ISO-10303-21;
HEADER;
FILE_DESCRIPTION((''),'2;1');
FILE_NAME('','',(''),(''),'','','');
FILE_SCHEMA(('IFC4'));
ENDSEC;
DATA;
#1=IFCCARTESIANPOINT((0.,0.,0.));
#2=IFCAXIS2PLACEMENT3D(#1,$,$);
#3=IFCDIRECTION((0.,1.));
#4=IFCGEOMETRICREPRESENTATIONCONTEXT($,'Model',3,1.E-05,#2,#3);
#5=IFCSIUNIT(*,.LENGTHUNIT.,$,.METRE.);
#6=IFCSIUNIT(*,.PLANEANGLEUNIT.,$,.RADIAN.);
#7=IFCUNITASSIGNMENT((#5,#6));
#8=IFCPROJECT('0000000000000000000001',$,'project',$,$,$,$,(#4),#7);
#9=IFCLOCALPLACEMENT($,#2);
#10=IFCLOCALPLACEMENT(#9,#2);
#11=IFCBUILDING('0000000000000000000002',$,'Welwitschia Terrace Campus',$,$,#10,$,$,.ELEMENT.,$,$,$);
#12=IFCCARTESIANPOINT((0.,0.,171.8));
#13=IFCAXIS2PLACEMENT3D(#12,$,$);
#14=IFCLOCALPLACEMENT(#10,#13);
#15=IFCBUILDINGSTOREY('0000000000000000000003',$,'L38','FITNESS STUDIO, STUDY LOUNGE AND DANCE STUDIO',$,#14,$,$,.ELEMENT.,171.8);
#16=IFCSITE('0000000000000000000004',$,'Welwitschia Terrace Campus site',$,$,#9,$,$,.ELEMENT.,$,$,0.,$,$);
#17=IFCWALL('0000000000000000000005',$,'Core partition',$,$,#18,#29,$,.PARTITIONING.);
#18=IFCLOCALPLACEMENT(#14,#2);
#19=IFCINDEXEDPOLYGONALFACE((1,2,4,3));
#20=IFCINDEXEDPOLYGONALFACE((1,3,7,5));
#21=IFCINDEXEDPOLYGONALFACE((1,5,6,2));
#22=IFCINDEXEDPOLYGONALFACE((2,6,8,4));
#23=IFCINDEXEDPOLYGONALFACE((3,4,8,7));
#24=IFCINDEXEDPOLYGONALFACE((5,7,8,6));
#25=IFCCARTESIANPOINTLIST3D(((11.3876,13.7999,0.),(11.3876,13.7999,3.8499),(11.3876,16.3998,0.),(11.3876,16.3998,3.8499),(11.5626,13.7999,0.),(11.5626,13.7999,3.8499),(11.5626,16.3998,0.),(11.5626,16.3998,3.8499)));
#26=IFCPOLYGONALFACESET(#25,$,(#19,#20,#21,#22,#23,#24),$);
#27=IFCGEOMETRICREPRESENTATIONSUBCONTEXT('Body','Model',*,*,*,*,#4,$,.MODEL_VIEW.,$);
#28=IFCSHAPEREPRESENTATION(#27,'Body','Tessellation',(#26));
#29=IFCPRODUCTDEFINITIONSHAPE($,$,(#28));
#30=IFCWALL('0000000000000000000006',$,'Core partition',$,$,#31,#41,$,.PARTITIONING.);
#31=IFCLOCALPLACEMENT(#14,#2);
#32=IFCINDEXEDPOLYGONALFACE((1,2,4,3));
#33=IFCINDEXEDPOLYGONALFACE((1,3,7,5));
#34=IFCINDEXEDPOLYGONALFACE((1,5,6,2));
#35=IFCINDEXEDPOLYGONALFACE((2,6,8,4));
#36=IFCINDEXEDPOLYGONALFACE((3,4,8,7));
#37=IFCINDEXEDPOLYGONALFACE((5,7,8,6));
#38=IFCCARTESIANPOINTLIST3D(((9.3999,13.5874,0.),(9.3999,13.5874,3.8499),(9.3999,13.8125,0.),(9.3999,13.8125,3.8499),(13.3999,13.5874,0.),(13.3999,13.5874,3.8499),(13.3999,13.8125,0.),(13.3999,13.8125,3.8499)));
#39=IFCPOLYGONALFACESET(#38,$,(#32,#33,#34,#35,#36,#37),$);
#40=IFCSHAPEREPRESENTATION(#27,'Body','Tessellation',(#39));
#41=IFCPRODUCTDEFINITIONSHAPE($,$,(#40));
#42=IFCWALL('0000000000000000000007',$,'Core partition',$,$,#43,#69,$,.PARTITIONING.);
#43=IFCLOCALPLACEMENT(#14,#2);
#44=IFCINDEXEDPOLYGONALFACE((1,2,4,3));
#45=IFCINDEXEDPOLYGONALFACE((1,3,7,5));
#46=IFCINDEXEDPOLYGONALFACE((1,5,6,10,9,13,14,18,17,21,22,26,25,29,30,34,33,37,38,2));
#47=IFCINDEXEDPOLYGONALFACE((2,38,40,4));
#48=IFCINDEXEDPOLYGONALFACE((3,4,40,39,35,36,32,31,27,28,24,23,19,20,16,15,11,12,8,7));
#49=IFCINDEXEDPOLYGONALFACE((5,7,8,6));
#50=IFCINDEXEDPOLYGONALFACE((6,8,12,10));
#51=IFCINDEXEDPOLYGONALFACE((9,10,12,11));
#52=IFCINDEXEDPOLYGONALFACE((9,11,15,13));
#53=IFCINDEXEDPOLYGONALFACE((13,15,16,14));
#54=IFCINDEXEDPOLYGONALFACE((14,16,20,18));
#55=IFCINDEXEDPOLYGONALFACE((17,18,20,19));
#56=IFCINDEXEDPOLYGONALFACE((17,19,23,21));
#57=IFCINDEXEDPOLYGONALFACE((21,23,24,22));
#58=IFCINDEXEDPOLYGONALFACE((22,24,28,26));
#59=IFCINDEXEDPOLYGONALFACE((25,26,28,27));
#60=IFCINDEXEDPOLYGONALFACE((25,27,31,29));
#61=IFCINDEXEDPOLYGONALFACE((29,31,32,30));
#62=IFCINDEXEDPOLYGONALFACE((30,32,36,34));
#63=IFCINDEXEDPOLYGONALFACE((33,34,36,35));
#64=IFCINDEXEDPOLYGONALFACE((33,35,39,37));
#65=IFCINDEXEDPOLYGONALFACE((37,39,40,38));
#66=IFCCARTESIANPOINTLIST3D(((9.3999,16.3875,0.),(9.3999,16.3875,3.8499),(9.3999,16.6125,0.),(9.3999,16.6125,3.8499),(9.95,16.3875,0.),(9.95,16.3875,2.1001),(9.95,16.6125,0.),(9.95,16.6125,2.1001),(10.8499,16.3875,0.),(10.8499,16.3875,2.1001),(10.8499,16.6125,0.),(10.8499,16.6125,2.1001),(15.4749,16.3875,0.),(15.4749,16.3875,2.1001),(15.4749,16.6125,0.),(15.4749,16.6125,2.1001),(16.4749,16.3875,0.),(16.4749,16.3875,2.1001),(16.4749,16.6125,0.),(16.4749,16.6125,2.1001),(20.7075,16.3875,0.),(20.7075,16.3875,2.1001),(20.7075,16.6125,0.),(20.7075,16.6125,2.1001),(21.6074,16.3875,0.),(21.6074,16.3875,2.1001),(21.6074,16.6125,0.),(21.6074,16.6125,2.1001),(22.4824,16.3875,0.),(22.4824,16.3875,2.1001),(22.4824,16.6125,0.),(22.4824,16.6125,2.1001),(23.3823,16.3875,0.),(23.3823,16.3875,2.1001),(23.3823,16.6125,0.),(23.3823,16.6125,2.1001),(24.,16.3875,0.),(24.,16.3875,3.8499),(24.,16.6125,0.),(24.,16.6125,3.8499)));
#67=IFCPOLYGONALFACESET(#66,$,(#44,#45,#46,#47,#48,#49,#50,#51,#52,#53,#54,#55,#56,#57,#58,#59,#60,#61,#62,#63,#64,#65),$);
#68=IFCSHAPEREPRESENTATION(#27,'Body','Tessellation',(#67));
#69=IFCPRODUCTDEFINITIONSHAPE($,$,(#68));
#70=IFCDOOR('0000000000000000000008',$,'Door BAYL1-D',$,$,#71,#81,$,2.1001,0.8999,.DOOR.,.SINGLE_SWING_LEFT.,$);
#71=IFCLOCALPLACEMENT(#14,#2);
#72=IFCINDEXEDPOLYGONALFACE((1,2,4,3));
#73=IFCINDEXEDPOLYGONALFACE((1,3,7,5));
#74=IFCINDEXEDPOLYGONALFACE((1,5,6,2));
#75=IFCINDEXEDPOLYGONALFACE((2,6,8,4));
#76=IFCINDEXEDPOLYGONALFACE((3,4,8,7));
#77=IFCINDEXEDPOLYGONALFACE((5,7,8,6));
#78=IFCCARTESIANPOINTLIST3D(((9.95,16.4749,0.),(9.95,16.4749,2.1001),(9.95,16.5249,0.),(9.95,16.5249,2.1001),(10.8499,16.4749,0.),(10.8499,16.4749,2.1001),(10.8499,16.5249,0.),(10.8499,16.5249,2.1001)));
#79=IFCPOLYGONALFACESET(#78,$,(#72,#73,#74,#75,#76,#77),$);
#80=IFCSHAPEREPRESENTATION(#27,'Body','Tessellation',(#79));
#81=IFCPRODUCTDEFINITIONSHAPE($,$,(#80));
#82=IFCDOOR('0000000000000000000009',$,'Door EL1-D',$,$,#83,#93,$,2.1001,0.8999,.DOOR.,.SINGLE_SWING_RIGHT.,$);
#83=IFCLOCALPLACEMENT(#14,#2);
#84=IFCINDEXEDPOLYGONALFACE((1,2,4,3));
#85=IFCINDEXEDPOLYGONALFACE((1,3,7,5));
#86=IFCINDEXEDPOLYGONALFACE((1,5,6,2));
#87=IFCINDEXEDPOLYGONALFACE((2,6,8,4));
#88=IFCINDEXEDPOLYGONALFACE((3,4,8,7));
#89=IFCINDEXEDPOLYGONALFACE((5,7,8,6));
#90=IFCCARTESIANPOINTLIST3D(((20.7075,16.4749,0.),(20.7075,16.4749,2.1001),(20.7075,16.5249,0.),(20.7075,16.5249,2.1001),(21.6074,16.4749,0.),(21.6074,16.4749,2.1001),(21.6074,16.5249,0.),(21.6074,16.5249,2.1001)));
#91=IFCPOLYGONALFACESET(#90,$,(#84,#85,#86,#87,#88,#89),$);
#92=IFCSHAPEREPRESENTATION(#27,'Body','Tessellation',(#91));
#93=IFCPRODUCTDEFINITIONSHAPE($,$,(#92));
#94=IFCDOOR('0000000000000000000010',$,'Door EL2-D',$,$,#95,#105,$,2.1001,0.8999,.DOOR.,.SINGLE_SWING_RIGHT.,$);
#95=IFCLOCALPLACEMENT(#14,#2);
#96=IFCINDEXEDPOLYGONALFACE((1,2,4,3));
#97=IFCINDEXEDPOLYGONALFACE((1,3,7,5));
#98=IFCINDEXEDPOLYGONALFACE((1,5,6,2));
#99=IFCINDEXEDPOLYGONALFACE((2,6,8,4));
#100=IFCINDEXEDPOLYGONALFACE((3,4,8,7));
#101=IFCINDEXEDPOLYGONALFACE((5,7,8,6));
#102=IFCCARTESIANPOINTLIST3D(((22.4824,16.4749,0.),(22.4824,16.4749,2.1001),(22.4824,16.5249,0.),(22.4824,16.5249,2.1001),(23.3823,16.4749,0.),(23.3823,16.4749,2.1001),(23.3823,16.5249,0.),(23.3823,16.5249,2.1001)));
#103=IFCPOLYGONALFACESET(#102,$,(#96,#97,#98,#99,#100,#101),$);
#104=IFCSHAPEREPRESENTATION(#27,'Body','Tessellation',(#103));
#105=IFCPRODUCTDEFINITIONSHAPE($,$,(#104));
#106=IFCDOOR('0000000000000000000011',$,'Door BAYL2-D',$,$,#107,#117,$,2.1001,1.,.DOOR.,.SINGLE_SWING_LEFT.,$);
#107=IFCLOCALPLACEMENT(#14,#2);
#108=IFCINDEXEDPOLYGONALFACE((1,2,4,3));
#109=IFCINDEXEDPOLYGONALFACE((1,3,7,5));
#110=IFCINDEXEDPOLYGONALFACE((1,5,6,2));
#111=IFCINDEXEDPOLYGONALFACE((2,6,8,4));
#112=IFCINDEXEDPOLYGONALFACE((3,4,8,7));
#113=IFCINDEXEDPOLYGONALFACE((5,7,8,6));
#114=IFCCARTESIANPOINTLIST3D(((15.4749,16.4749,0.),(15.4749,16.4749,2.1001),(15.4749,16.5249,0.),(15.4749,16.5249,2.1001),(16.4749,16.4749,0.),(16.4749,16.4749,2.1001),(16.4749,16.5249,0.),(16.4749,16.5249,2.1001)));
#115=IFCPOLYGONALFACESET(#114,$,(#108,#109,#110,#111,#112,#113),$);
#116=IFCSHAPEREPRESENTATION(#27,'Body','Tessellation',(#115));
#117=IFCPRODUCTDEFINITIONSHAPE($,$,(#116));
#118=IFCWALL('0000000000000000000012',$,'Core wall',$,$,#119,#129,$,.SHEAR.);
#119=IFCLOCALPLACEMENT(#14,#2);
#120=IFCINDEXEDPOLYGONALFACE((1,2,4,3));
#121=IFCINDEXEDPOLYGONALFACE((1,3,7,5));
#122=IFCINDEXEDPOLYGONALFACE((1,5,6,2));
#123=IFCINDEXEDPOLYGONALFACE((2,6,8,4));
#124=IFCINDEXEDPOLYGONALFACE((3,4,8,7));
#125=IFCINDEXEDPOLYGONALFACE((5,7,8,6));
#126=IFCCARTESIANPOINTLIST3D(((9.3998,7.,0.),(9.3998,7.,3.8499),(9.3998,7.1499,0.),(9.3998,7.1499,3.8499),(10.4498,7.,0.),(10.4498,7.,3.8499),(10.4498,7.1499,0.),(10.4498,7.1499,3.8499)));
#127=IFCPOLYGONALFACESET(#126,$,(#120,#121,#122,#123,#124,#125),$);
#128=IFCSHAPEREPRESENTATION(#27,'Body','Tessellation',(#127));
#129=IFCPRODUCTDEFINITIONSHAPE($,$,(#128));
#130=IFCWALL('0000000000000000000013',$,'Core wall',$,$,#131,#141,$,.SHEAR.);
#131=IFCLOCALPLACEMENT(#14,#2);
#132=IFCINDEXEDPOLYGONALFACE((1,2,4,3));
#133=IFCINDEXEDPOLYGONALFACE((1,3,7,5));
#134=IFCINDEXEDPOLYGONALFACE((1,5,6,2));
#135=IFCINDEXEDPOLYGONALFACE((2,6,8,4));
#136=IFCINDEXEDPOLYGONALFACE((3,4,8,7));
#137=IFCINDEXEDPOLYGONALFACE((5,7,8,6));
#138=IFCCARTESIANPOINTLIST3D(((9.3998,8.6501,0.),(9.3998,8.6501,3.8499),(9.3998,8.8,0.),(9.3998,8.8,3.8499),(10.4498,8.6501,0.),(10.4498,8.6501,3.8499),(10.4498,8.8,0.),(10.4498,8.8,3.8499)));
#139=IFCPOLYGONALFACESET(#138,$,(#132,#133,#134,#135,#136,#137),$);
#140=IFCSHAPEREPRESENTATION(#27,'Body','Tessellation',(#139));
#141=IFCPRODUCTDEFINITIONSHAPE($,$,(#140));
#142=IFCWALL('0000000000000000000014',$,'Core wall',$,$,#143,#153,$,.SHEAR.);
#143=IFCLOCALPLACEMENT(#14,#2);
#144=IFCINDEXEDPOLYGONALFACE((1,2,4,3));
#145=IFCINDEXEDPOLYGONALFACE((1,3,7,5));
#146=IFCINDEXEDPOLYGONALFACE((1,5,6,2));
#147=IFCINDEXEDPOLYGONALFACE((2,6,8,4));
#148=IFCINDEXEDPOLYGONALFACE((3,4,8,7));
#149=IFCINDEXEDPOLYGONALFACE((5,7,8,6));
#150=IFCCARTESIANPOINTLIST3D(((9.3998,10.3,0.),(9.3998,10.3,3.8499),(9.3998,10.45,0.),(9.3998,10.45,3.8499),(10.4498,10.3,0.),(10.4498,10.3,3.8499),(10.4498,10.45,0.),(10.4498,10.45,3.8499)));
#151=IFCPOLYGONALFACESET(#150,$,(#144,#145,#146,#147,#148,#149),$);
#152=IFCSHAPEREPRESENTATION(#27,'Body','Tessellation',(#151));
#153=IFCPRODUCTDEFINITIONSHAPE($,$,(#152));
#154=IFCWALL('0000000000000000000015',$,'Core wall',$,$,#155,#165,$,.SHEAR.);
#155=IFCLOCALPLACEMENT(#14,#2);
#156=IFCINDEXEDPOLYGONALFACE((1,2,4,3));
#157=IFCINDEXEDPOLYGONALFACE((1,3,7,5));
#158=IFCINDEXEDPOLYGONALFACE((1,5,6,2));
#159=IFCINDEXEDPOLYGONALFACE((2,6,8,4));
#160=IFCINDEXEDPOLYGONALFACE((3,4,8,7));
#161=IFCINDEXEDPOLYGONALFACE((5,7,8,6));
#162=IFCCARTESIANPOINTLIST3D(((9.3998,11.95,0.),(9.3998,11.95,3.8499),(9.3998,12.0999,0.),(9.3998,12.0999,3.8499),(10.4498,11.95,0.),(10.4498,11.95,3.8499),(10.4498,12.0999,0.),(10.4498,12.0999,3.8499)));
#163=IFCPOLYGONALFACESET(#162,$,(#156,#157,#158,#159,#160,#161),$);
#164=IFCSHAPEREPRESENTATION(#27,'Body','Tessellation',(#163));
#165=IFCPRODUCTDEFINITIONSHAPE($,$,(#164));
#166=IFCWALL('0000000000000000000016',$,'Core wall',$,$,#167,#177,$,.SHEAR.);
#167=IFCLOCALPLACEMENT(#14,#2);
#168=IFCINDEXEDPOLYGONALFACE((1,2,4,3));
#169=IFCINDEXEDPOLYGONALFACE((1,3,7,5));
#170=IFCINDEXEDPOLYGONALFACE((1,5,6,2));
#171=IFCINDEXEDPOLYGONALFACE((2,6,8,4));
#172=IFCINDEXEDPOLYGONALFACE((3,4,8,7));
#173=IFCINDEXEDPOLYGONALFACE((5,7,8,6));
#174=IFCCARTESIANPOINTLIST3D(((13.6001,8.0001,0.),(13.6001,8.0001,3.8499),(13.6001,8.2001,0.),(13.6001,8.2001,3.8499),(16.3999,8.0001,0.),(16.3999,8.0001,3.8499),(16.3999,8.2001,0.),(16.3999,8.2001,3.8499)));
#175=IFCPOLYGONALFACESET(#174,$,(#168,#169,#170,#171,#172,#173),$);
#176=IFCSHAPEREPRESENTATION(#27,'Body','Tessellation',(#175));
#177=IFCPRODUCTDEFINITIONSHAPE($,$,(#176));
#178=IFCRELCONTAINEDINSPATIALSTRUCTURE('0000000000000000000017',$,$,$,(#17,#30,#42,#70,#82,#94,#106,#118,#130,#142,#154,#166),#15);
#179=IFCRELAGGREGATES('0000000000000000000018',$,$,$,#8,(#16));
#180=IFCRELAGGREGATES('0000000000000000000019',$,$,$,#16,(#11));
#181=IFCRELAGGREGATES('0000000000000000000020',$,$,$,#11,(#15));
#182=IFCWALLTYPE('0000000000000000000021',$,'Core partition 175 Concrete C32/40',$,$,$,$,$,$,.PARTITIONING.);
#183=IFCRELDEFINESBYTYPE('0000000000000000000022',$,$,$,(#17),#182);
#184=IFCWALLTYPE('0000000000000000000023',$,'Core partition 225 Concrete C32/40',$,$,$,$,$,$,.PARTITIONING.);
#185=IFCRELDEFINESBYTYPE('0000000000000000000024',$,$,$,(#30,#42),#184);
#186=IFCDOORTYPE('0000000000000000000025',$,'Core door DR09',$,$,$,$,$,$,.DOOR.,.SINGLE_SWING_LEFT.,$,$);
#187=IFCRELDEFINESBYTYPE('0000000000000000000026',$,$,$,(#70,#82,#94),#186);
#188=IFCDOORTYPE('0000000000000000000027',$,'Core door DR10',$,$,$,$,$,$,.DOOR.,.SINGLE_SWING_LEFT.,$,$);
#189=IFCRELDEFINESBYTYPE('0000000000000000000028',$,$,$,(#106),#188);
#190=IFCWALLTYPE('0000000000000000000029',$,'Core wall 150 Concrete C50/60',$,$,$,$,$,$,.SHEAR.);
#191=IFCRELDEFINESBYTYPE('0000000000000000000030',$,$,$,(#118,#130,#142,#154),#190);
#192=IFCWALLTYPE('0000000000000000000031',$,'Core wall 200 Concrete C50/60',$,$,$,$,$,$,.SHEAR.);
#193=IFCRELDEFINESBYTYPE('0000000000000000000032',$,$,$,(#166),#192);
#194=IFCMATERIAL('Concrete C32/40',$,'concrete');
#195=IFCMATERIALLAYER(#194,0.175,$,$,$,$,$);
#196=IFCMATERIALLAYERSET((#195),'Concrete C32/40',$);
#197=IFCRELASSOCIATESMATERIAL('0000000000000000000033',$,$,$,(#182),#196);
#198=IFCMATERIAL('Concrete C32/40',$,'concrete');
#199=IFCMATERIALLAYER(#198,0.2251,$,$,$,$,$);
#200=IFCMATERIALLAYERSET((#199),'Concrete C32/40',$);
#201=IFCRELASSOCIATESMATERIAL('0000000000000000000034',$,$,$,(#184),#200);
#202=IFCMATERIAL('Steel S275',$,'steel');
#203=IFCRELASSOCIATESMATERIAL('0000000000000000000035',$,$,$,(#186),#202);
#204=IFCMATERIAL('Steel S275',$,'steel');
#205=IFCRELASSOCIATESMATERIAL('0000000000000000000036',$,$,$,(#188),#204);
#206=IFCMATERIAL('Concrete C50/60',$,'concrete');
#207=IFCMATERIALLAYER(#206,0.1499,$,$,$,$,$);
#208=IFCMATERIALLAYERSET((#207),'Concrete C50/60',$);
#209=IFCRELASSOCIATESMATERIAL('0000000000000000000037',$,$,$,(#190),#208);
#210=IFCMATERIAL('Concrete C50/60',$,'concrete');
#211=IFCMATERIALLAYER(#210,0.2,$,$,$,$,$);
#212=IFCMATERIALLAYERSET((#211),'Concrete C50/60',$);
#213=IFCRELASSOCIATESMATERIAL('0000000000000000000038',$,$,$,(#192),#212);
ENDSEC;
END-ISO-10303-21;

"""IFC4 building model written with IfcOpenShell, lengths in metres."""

from ifc_helpers import new_model, si_unit, direction, frame, frame_2d, origin, place, context, subcontext, project, spatial, rectangle, extrude, material, layer, layer_set, type_object, element, fill, save


model = new_model("IFC4")

# Units and contexts
model_context = context("Model", 3, precision=1e-05, world=origin(), true_north=direction((0.0, 1.0)))
body_context = subcontext(model_context, "Body", "Model", "MODEL_VIEW")
ifc_project = project(units=[si_unit("LENGTHUNIT", "METRE"), si_unit("PLANEANGLEUNIT", "RADIAN")], contexts=[model_context])

# Site, building, storey
site_placement = place(None, origin())
site = spatial("IfcSite", under=ifc_project, at=site_placement, Name="Welwitschia Terrace Campus site", CompositionType="ELEMENT", RefElevation=0.0)
building_placement = place(site_placement, origin())
building = spatial("IfcBuilding", under=site, at=building_placement, Name="Welwitschia Terrace Campus", CompositionType="ELEMENT")
storey_placement = place(building_placement, frame((0.0, 0.0, 171.8)))
storey = spatial("IfcBuildingStorey", under=building, at=storey_placement, Name="L38", Description="FITNESS STUDIO, STUDY LOUNGE AND DANCE STUDIO", CompositionType="ELEMENT", Elevation=171.8)

# Walls
ifc_material_1 = material(Name="Concrete C32/40", Category="concrete")
ifc_layer_1 = layer(ifc_material_1, 0.175)
ifc_layer_set_1 = layer_set([ifc_layer_1], Name="Concrete C32/40")
wall_type_1 = type_object("IfcWallType", Name="Core partition 175 Concrete C32/40", PredefinedType="PARTITIONING", material=ifc_layer_set_1)
wall_1_placement = place(storey_placement, frame((11.4751, 13.8, 0.0), z_axis=(0.0, 0.0, 1.0), x_axis=(0.0, 1.0, 0.0)))
element("IfcWall", 1, at=wall_1_placement, inside=storey, type_object=wall_type_1, Name="Core partition", PredefinedType="PARTITIONING", context=body_context, shape_type="SweptSolid", body=[
    extrude(rectangle(XDim=2.5999, YDim=0.175, at=frame_2d((1.2998, 0.0))), origin(), (0.0, 0.0, 1.0), 3.8499),
])
ifc_material_2 = material(Name="Concrete C32/40", Category="concrete")
ifc_layer_2 = layer(ifc_material_2, 0.2251)
ifc_layer_set_2 = layer_set([ifc_layer_2], Name="Concrete C32/40")
wall_type_2 = type_object("IfcWallType", Name="Core partition 225 Concrete C32/40", PredefinedType="PARTITIONING", material=ifc_layer_set_2)
wall_2_placement = place(storey_placement, frame((9.3999, 13.7, 0.0), z_axis=(0.0, 0.0, 1.0), x_axis=(1.0, 0.0, 0.0)))
element("IfcWall", 2, at=wall_2_placement, inside=storey, type_object=wall_type_2, Name="Core partition", PredefinedType="PARTITIONING", context=body_context, shape_type="SweptSolid", body=[
    extrude(rectangle(XDim=4.0, YDim=0.2251, at=frame_2d((2.0, 0.0))), origin(), (0.0, 0.0, 1.0), 3.8499),
])

# Wall, openings, doors
wall_3_placement = place(storey_placement, frame((9.3999, 16.5, 0.0), z_axis=(0.0, 0.0, 1.0), x_axis=(1.0, 0.0, 0.0)))
wall_3 = element("IfcWall", 3, at=wall_3_placement, inside=storey, type_object=wall_type_2, Name="Core partition", PredefinedType="PARTITIONING", context=body_context, shape_type="SweptSolid", body=[
    extrude(rectangle(XDim=14.6001, YDim=0.2251, at=frame_2d((7.3, 0.0))), origin(), (0.0, 0.0, 1.0), 3.8499),
])
opening_1_placement = place(wall_3_placement, frame((0.55, 0.0, 0.0)))
opening_1 = element("IfcOpeningElement", 4, at=opening_1_placement, cuts=wall_3, PredefinedType="OPENING", context=body_context, shape_type="SweptSolid", body=[
    extrude(rectangle(XDim=0.8999, YDim=2.1001, at=frame_2d((0.45, 1.05))), frame((0.0, 0.1226, 0.0), z_axis=(0.0, -1.0, 0.0), x_axis=(1.0, 0.0, 0.0)), (0.0, 0.0, 1.0), 0.2451),
])
opening_2_placement = place(wall_3_placement, frame((6.075, 0.0, 0.0)))
opening_2 = element("IfcOpeningElement", 5, at=opening_2_placement, cuts=wall_3, PredefinedType="OPENING", context=body_context, shape_type="SweptSolid", body=[
    extrude(rectangle(XDim=1.0, YDim=2.1001, at=frame_2d((0.5, 1.05))), frame((0.0, 0.1226, 0.0), z_axis=(0.0, -1.0, 0.0), x_axis=(1.0, 0.0, 0.0)), (0.0, 0.0, 1.0), 0.2451),
])
opening_3_placement = place(wall_3_placement, frame((11.3076, 0.0, 0.0)))
opening_3 = element("IfcOpeningElement", 6, at=opening_3_placement, cuts=wall_3, PredefinedType="OPENING", context=body_context, shape_type="SweptSolid", body=[
    extrude(rectangle(XDim=0.8999, YDim=2.1001, at=frame_2d((0.45, 1.05))), frame((0.0, 0.1226, 0.0), z_axis=(0.0, -1.0, 0.0), x_axis=(1.0, 0.0, 0.0)), (0.0, 0.0, 1.0), 0.2451),
])
opening_4_placement = place(wall_3_placement, frame((13.0825, 0.0, 0.0)))
opening_4 = element("IfcOpeningElement", 7, at=opening_4_placement, cuts=wall_3, PredefinedType="OPENING", context=body_context, shape_type="SweptSolid", body=[
    extrude(rectangle(XDim=0.8999, YDim=2.1001, at=frame_2d((0.45, 1.05))), frame((0.0, 0.1226, 0.0), z_axis=(0.0, -1.0, 0.0), x_axis=(1.0, 0.0, 0.0)), (0.0, 0.0, 1.0), 0.2451),
])
ifc_material_3 = material(Name="Steel S275", Category="steel")
door_type_1 = type_object("IfcDoorType", Name="Core door DR09", OperationType="SINGLE_SWING_LEFT", PredefinedType="DOOR", material=ifc_material_3)
door_1_placement = place(opening_1_placement, origin())
door_1 = element("IfcDoor", 8, at=door_1_placement, inside=storey, type_object=door_type_1, Name="Door BAYL1-D", OperationType="SINGLE_SWING_LEFT", OverallHeight=2.1001, OverallWidth=0.8999, PredefinedType="DOOR", context=body_context, shape_type="SweptSolid", body=[
    extrude(rectangle(XDim=0.8999, YDim=2.1001, at=frame_2d((0.45, 1.05))), frame((0.0, 0.0249, 0.0), z_axis=(0.0, -1.0, 0.0), x_axis=(1.0, 0.0, 0.0)), (0.0, 0.0, 1.0), 0.05),
])
fill(opening_1, door_1)
door_2_placement = place(opening_3_placement, origin())
door_2 = element("IfcDoor", 9, at=door_2_placement, inside=storey, type_object=door_type_1, Name="Door EL1-D", OperationType="SINGLE_SWING_RIGHT", OverallHeight=2.1001, OverallWidth=0.8999, PredefinedType="DOOR", context=body_context, shape_type="SweptSolid", body=[
    extrude(rectangle(XDim=0.8999, YDim=2.1001, at=frame_2d((0.45, 1.05))), frame((0.0, 0.0249, 0.0), z_axis=(0.0, -1.0, 0.0), x_axis=(1.0, 0.0, 0.0)), (0.0, 0.0, 1.0), 0.05),
])
fill(opening_3, door_2)
door_3_placement = place(opening_4_placement, origin())
door_3 = element("IfcDoor", 10, at=door_3_placement, inside=storey, type_object=door_type_1, Name="Door EL2-D", OperationType="SINGLE_SWING_RIGHT", OverallHeight=2.1001, OverallWidth=0.8999, PredefinedType="DOOR", context=body_context, shape_type="SweptSolid", body=[
    extrude(rectangle(XDim=0.8999, YDim=2.1001, at=frame_2d((0.45, 1.05))), frame((0.0, 0.0249, 0.0), z_axis=(0.0, -1.0, 0.0), x_axis=(1.0, 0.0, 0.0)), (0.0, 0.0, 1.0), 0.05),
])
fill(opening_4, door_3)
ifc_material_4 = material(Name="Steel S275", Category="steel")
door_type_2 = type_object("IfcDoorType", Name="Core door DR10", OperationType="SINGLE_SWING_LEFT", PredefinedType="DOOR", material=ifc_material_4)
door_4_placement = place(opening_2_placement, origin())
door_4 = element("IfcDoor", 11, at=door_4_placement, inside=storey, type_object=door_type_2, Name="Door BAYL2-D", OperationType="SINGLE_SWING_LEFT", OverallHeight=2.1001, OverallWidth=1.0, PredefinedType="DOOR", context=body_context, shape_type="SweptSolid", body=[
    extrude(rectangle(XDim=1.0, YDim=2.1001, at=frame_2d((0.5, 1.05))), frame((0.0, 0.0249, 0.0), z_axis=(0.0, -1.0, 0.0), x_axis=(1.0, 0.0, 0.0)), (0.0, 0.0, 1.0), 0.05),
])
fill(opening_2, door_4)

# Walls
ifc_material_5 = material(Name="Concrete C50/60", Category="concrete")
ifc_layer_3 = layer(ifc_material_5, 0.1499)
ifc_layer_set_3 = layer_set([ifc_layer_3], Name="Concrete C50/60")
wall_type_3 = type_object("IfcWallType", Name="Core wall 150 Concrete C50/60", PredefinedType="SHEAR", material=ifc_layer_set_3)
for number, where, z_axis, x_axis, name in (
    (12, (9.3999, 7.075, 0.0), (0.0, 0.0, 1.0), (1.0, 0.0, 0.0), "Core wall"),
    (13, (9.3999, 8.7251, 0.0), (0.0, 0.0, 1.0), (1.0, 0.0, 0.0), "Core wall"),
    (14, (9.3999, 10.375, 0.0), (0.0, 0.0, 1.0), (1.0, 0.0, 0.0), "Core wall"),
    (15, (9.3999, 12.0249, 0.0), (0.0, 0.0, 1.0), (1.0, 0.0, 0.0), "Core wall"),
):
    element("IfcWall", number, at=place(storey_placement, frame(where, z_axis=z_axis, x_axis=x_axis)), inside=storey, type_object=wall_type_3, Name=name, PredefinedType="SHEAR", context=body_context, shape_type="SweptSolid", body=[
        extrude(rectangle(XDim=1.05, YDim=0.1499, at=frame_2d((0.5249, 0.0))), origin(), (0.0, 0.0, 1.0), 3.8499),
    ])
ifc_material_6 = material(Name="Concrete C50/60", Category="concrete")
ifc_layer_4 = layer(ifc_material_6, 0.2)
ifc_layer_set_4 = layer_set([ifc_layer_4], Name="Concrete C50/60")
wall_type_4 = type_object("IfcWallType", Name="Core wall 200 Concrete C50/60", PredefinedType="SHEAR", material=ifc_layer_set_4)
for number, where, z_axis, x_axis, name in (
    (16, (13.6001, 8.1001, 0.0), (0.0, 0.0, 1.0), (1.0, 0.0, 0.0), "Core wall"),
):
    element("IfcWall", number, at=place(storey_placement, frame(where, z_axis=z_axis, x_axis=x_axis)), inside=storey, type_object=wall_type_4, Name=name, PredefinedType="SHEAR", context=body_context, shape_type="SweptSolid", body=[
        extrude(rectangle(XDim=2.7998, YDim=0.2, at=frame_2d((1.3999, 0.0))), origin(), (0.0, 0.0, 1.0), 3.8499),
    ])

save(model, "model.ifc")
